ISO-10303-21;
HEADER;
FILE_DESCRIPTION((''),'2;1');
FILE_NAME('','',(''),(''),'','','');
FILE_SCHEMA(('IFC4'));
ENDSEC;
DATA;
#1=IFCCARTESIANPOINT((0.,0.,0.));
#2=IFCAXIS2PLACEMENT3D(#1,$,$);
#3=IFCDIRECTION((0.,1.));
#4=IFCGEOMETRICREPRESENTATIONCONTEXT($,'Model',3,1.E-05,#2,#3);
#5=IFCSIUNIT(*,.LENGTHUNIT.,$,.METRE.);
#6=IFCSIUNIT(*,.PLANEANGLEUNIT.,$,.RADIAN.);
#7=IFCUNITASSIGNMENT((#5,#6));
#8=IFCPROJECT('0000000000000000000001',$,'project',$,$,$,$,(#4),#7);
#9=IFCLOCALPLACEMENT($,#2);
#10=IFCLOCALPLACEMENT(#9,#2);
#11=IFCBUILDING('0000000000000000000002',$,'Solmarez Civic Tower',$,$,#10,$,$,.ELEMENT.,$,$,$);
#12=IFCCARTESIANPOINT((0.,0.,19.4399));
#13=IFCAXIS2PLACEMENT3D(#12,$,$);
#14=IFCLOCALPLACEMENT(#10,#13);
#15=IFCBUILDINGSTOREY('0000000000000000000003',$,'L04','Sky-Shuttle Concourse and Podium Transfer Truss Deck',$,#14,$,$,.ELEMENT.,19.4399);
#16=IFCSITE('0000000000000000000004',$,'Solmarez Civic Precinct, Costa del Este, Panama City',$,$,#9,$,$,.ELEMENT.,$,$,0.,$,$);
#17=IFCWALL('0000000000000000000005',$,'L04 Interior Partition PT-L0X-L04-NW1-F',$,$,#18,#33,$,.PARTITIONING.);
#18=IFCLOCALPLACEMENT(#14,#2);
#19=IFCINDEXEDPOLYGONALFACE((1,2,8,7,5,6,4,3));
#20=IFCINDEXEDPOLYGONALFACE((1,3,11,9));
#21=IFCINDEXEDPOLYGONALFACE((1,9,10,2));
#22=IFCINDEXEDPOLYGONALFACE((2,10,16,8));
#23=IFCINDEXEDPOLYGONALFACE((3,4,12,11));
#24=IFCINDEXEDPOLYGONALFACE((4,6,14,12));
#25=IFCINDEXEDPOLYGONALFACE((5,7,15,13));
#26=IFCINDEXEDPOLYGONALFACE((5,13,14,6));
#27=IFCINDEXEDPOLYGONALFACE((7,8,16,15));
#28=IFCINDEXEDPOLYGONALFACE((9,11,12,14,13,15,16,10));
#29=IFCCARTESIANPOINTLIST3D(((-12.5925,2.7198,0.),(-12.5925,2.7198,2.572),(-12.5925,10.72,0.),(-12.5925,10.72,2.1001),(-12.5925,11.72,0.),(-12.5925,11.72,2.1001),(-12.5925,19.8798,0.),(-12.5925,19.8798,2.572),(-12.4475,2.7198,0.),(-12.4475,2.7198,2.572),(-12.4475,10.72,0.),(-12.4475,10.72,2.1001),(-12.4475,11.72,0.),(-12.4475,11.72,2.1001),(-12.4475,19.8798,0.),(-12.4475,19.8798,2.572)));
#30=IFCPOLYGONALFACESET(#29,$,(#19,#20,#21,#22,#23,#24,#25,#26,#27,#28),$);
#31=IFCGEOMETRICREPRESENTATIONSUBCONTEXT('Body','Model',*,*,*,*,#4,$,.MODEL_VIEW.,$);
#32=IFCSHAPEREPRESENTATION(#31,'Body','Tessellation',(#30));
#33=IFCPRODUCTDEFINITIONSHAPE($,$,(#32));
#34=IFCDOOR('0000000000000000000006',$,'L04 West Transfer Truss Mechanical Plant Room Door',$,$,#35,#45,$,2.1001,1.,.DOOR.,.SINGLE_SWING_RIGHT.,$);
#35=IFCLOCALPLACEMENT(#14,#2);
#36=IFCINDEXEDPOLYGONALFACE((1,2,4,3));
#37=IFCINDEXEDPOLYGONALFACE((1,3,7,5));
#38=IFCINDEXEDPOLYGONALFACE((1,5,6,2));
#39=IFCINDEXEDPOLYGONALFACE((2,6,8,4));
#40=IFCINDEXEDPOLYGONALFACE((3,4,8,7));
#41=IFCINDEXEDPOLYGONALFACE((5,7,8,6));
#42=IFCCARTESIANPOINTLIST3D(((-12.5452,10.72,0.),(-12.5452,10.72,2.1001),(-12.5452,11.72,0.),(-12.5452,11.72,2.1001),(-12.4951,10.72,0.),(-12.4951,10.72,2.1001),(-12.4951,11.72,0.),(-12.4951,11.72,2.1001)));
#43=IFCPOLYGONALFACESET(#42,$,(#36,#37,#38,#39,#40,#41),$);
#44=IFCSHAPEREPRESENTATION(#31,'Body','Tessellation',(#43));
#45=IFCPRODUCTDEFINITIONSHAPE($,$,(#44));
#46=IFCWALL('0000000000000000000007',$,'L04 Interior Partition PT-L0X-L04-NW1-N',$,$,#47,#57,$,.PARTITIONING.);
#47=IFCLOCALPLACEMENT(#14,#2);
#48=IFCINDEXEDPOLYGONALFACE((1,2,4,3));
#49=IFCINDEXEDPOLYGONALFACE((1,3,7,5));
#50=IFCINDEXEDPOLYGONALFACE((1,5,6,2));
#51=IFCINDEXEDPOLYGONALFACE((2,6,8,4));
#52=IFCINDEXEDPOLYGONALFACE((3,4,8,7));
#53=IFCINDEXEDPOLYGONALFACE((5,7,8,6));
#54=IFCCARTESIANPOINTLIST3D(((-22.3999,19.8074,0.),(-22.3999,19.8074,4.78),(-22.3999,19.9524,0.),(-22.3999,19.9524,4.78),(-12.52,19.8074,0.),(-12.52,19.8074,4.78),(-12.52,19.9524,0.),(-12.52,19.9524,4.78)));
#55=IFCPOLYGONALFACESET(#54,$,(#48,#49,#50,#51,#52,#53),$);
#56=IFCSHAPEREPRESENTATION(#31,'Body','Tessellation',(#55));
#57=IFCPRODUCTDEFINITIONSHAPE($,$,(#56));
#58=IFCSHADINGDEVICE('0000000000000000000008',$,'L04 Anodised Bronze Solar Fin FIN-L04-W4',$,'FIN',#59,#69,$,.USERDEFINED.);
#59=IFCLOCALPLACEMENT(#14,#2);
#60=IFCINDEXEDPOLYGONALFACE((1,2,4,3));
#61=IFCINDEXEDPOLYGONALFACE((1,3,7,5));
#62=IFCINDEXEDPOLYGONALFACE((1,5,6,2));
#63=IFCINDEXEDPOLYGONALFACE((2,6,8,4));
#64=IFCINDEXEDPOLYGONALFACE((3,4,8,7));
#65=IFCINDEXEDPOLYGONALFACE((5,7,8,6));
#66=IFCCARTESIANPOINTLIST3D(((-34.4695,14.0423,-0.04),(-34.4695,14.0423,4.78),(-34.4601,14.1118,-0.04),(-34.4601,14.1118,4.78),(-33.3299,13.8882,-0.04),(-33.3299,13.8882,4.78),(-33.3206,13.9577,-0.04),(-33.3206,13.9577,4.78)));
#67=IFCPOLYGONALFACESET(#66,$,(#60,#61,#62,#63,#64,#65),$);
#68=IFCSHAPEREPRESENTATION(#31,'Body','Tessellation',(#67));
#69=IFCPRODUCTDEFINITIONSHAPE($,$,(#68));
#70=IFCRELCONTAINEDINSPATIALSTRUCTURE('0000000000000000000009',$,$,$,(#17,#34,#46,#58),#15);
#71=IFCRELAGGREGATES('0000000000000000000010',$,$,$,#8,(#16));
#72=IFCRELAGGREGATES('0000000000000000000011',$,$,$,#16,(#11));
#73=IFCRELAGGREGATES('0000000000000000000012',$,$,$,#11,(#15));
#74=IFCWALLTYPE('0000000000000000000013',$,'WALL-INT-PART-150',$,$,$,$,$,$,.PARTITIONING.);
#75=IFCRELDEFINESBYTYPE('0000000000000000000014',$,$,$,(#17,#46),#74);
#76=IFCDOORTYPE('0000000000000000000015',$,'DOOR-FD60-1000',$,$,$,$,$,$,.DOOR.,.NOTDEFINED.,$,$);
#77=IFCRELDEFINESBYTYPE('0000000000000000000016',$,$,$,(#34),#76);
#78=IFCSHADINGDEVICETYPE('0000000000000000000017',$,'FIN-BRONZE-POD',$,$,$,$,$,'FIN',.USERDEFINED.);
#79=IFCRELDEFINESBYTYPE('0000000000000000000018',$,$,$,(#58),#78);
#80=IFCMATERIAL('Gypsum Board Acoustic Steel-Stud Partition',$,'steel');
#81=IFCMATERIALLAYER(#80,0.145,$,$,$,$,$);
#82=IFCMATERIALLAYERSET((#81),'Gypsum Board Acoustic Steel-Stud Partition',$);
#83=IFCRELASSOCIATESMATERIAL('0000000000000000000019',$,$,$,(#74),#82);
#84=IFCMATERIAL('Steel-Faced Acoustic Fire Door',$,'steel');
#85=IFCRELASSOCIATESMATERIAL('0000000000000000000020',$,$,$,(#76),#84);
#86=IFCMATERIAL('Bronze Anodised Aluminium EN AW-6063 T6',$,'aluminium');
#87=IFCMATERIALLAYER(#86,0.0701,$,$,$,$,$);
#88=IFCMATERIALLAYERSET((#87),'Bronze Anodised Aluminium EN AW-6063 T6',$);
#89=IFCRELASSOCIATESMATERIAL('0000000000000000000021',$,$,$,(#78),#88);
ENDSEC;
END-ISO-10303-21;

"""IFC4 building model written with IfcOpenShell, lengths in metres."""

from ifc_helpers import new_model, si_unit, direction, frame, frame_2d, origin, origin_2d, place, context, subcontext, project, spatial, rectangle, extrude, material, layer, layer_set, type_object, element, fill, save


model = new_model("IFC4")

# Units and contexts
model_context = context("Model", 3, precision=1e-05, world=origin(), true_north=direction((0.0, 1.0)))
body_context = subcontext(model_context, "Body", "Model", "MODEL_VIEW")
ifc_project = project(units=[si_unit("LENGTHUNIT", "METRE"), si_unit("PLANEANGLEUNIT", "RADIAN")], contexts=[model_context])

# Site, building, storey
site_placement = place(None, origin())
site = spatial("IfcSite", under=ifc_project, at=site_placement, Name="Solmarez Civic Precinct, Costa del Este, Panama City", CompositionType="ELEMENT", RefElevation=0.0)
building_placement = place(site_placement, origin())
building = spatial("IfcBuilding", under=site, at=building_placement, Name="Solmarez Civic Tower", CompositionType="ELEMENT")
storey_placement = place(building_placement, frame((0.0, 0.0, 19.4399)))
storey = spatial("IfcBuildingStorey", under=building, at=storey_placement, Name="L04", Description="Sky-Shuttle Concourse and Podium Transfer Truss Deck", CompositionType="ELEMENT", Elevation=19.4399)

# Shared definitions
ifc_material_1 = material(Name="Gypsum Board Acoustic Steel-Stud Partition", Category="steel")

# Wall, opening, door
ifc_layer_1 = layer(ifc_material_1, 0.145)
ifc_layer_set_1 = layer_set([ifc_layer_1], Name="Gypsum Board Acoustic Steel-Stud Partition")
wall_type_1 = type_object("IfcWallType", Name="WALL-INT-PART-150", PredefinedType="PARTITIONING", material=ifc_layer_set_1)
wall_1_placement = place(storey_placement, frame((-12.52, 19.8799, 0.0), z_axis=(0.0, 0.0, 1.0), x_axis=(0.0, -1.0, 0.0)))
wall_1 = element("IfcWall", 1, at=wall_1_placement, inside=storey, type_object=wall_type_1, Name="L04 Interior Partition PT-L0X-L04-NW1-F", PredefinedType="PARTITIONING", context=body_context, shape_type="SweptSolid", body=[
    extrude(rectangle(XDim=17.1599, YDim=0.145, at=frame_2d((8.5801, 0.0))), origin(), (0.0, 0.0, 1.0), 2.572),
])
opening_placement = place(wall_1_placement, frame((8.1599, 0.0, 0.0)))
opening = element("IfcOpeningElement", 2, at=opening_placement, cuts=wall_1, PredefinedType="OPENING", context=body_context, shape_type="SweptSolid", body=[
    extrude(rectangle(XDim=1.0, YDim=2.1001, at=frame_2d((0.5, 1.05))), frame((0.0, 0.0825, 0.0), z_axis=(0.0, -1.0, 0.0), x_axis=(1.0, 0.0, 0.0)), (0.0, 0.0, 1.0), 0.165),
])
ifc_material_2 = material(Name="Steel-Faced Acoustic Fire Door", Category="steel")
door_type = type_object("IfcDoorType", Name="DOOR-FD60-1000", OperationType="NOTDEFINED", PredefinedType="DOOR", material=ifc_material_2)
door_placement = place(opening_placement, origin())
door = element("IfcDoor", 3, at=door_placement, inside=storey, type_object=door_type, Name="L04 West Transfer Truss Mechanical Plant Room Door", OperationType="SINGLE_SWING_RIGHT", OverallHeight=2.1001, OverallWidth=1.0, PredefinedType="DOOR", context=body_context, shape_type="SweptSolid", body=[
    extrude(rectangle(XDim=1.0, YDim=2.1001, at=frame_2d((0.5, 1.05))), frame((0.0, 0.0249, 0.0), z_axis=(0.0, -1.0, 0.0), x_axis=(1.0, 0.0, 0.0)), (0.0, 0.0, 1.0), 0.05),
])
fill(opening, door)

# Wall
wall_2_placement = place(storey_placement, frame((-22.3999, 19.8799, 0.0), z_axis=(0.0, 0.0, 1.0), x_axis=(1.0, 0.0, 0.0)))
element("IfcWall", 4, at=wall_2_placement, inside=storey, type_object=wall_type_1, Name="L04 Interior Partition PT-L0X-L04-NW1-N", PredefinedType="PARTITIONING", context=body_context, shape_type="SweptSolid", body=[
    extrude(rectangle(XDim=9.8799, YDim=0.145, at=frame_2d((4.9399, 0.0))), origin(), (0.0, 0.0, 1.0), 4.78),
])

# Shading device
ifc_material_3 = material(Name="Bronze Anodised Aluminium EN AW-6063 T6", Category="aluminium")
ifc_layer_2 = layer(ifc_material_3, 0.0701)
ifc_layer_set_2 = layer_set([ifc_layer_2], Name="Bronze Anodised Aluminium EN AW-6063 T6")
shading_device_type = type_object("IfcShadingDeviceType", Name="FIN-BRONZE-POD", ElementType="FIN", PredefinedType="USERDEFINED", material=ifc_layer_set_2)
shading_device_placement = place(storey_placement, frame((-33.895, 14.0, -0.04), z_axis=(0.0, 0.0, 1.0), x_axis=(-0.990983, 0.133986, 0.0)))
element("IfcShadingDevice", 5, at=shading_device_placement, inside=storey, type_object=shading_device_type, Name="L04 Anodised Bronze Solar Fin FIN-L04-W4", ObjectType="FIN", PredefinedType="USERDEFINED", context=body_context, shape_type="SweptSolid", body=[
    extrude(rectangle(XDim=1.1499, YDim=0.0701, at=origin_2d()), origin(), (0.0, 0.0, 1.0), 4.8201),
])

save(model, "model.ifc")
